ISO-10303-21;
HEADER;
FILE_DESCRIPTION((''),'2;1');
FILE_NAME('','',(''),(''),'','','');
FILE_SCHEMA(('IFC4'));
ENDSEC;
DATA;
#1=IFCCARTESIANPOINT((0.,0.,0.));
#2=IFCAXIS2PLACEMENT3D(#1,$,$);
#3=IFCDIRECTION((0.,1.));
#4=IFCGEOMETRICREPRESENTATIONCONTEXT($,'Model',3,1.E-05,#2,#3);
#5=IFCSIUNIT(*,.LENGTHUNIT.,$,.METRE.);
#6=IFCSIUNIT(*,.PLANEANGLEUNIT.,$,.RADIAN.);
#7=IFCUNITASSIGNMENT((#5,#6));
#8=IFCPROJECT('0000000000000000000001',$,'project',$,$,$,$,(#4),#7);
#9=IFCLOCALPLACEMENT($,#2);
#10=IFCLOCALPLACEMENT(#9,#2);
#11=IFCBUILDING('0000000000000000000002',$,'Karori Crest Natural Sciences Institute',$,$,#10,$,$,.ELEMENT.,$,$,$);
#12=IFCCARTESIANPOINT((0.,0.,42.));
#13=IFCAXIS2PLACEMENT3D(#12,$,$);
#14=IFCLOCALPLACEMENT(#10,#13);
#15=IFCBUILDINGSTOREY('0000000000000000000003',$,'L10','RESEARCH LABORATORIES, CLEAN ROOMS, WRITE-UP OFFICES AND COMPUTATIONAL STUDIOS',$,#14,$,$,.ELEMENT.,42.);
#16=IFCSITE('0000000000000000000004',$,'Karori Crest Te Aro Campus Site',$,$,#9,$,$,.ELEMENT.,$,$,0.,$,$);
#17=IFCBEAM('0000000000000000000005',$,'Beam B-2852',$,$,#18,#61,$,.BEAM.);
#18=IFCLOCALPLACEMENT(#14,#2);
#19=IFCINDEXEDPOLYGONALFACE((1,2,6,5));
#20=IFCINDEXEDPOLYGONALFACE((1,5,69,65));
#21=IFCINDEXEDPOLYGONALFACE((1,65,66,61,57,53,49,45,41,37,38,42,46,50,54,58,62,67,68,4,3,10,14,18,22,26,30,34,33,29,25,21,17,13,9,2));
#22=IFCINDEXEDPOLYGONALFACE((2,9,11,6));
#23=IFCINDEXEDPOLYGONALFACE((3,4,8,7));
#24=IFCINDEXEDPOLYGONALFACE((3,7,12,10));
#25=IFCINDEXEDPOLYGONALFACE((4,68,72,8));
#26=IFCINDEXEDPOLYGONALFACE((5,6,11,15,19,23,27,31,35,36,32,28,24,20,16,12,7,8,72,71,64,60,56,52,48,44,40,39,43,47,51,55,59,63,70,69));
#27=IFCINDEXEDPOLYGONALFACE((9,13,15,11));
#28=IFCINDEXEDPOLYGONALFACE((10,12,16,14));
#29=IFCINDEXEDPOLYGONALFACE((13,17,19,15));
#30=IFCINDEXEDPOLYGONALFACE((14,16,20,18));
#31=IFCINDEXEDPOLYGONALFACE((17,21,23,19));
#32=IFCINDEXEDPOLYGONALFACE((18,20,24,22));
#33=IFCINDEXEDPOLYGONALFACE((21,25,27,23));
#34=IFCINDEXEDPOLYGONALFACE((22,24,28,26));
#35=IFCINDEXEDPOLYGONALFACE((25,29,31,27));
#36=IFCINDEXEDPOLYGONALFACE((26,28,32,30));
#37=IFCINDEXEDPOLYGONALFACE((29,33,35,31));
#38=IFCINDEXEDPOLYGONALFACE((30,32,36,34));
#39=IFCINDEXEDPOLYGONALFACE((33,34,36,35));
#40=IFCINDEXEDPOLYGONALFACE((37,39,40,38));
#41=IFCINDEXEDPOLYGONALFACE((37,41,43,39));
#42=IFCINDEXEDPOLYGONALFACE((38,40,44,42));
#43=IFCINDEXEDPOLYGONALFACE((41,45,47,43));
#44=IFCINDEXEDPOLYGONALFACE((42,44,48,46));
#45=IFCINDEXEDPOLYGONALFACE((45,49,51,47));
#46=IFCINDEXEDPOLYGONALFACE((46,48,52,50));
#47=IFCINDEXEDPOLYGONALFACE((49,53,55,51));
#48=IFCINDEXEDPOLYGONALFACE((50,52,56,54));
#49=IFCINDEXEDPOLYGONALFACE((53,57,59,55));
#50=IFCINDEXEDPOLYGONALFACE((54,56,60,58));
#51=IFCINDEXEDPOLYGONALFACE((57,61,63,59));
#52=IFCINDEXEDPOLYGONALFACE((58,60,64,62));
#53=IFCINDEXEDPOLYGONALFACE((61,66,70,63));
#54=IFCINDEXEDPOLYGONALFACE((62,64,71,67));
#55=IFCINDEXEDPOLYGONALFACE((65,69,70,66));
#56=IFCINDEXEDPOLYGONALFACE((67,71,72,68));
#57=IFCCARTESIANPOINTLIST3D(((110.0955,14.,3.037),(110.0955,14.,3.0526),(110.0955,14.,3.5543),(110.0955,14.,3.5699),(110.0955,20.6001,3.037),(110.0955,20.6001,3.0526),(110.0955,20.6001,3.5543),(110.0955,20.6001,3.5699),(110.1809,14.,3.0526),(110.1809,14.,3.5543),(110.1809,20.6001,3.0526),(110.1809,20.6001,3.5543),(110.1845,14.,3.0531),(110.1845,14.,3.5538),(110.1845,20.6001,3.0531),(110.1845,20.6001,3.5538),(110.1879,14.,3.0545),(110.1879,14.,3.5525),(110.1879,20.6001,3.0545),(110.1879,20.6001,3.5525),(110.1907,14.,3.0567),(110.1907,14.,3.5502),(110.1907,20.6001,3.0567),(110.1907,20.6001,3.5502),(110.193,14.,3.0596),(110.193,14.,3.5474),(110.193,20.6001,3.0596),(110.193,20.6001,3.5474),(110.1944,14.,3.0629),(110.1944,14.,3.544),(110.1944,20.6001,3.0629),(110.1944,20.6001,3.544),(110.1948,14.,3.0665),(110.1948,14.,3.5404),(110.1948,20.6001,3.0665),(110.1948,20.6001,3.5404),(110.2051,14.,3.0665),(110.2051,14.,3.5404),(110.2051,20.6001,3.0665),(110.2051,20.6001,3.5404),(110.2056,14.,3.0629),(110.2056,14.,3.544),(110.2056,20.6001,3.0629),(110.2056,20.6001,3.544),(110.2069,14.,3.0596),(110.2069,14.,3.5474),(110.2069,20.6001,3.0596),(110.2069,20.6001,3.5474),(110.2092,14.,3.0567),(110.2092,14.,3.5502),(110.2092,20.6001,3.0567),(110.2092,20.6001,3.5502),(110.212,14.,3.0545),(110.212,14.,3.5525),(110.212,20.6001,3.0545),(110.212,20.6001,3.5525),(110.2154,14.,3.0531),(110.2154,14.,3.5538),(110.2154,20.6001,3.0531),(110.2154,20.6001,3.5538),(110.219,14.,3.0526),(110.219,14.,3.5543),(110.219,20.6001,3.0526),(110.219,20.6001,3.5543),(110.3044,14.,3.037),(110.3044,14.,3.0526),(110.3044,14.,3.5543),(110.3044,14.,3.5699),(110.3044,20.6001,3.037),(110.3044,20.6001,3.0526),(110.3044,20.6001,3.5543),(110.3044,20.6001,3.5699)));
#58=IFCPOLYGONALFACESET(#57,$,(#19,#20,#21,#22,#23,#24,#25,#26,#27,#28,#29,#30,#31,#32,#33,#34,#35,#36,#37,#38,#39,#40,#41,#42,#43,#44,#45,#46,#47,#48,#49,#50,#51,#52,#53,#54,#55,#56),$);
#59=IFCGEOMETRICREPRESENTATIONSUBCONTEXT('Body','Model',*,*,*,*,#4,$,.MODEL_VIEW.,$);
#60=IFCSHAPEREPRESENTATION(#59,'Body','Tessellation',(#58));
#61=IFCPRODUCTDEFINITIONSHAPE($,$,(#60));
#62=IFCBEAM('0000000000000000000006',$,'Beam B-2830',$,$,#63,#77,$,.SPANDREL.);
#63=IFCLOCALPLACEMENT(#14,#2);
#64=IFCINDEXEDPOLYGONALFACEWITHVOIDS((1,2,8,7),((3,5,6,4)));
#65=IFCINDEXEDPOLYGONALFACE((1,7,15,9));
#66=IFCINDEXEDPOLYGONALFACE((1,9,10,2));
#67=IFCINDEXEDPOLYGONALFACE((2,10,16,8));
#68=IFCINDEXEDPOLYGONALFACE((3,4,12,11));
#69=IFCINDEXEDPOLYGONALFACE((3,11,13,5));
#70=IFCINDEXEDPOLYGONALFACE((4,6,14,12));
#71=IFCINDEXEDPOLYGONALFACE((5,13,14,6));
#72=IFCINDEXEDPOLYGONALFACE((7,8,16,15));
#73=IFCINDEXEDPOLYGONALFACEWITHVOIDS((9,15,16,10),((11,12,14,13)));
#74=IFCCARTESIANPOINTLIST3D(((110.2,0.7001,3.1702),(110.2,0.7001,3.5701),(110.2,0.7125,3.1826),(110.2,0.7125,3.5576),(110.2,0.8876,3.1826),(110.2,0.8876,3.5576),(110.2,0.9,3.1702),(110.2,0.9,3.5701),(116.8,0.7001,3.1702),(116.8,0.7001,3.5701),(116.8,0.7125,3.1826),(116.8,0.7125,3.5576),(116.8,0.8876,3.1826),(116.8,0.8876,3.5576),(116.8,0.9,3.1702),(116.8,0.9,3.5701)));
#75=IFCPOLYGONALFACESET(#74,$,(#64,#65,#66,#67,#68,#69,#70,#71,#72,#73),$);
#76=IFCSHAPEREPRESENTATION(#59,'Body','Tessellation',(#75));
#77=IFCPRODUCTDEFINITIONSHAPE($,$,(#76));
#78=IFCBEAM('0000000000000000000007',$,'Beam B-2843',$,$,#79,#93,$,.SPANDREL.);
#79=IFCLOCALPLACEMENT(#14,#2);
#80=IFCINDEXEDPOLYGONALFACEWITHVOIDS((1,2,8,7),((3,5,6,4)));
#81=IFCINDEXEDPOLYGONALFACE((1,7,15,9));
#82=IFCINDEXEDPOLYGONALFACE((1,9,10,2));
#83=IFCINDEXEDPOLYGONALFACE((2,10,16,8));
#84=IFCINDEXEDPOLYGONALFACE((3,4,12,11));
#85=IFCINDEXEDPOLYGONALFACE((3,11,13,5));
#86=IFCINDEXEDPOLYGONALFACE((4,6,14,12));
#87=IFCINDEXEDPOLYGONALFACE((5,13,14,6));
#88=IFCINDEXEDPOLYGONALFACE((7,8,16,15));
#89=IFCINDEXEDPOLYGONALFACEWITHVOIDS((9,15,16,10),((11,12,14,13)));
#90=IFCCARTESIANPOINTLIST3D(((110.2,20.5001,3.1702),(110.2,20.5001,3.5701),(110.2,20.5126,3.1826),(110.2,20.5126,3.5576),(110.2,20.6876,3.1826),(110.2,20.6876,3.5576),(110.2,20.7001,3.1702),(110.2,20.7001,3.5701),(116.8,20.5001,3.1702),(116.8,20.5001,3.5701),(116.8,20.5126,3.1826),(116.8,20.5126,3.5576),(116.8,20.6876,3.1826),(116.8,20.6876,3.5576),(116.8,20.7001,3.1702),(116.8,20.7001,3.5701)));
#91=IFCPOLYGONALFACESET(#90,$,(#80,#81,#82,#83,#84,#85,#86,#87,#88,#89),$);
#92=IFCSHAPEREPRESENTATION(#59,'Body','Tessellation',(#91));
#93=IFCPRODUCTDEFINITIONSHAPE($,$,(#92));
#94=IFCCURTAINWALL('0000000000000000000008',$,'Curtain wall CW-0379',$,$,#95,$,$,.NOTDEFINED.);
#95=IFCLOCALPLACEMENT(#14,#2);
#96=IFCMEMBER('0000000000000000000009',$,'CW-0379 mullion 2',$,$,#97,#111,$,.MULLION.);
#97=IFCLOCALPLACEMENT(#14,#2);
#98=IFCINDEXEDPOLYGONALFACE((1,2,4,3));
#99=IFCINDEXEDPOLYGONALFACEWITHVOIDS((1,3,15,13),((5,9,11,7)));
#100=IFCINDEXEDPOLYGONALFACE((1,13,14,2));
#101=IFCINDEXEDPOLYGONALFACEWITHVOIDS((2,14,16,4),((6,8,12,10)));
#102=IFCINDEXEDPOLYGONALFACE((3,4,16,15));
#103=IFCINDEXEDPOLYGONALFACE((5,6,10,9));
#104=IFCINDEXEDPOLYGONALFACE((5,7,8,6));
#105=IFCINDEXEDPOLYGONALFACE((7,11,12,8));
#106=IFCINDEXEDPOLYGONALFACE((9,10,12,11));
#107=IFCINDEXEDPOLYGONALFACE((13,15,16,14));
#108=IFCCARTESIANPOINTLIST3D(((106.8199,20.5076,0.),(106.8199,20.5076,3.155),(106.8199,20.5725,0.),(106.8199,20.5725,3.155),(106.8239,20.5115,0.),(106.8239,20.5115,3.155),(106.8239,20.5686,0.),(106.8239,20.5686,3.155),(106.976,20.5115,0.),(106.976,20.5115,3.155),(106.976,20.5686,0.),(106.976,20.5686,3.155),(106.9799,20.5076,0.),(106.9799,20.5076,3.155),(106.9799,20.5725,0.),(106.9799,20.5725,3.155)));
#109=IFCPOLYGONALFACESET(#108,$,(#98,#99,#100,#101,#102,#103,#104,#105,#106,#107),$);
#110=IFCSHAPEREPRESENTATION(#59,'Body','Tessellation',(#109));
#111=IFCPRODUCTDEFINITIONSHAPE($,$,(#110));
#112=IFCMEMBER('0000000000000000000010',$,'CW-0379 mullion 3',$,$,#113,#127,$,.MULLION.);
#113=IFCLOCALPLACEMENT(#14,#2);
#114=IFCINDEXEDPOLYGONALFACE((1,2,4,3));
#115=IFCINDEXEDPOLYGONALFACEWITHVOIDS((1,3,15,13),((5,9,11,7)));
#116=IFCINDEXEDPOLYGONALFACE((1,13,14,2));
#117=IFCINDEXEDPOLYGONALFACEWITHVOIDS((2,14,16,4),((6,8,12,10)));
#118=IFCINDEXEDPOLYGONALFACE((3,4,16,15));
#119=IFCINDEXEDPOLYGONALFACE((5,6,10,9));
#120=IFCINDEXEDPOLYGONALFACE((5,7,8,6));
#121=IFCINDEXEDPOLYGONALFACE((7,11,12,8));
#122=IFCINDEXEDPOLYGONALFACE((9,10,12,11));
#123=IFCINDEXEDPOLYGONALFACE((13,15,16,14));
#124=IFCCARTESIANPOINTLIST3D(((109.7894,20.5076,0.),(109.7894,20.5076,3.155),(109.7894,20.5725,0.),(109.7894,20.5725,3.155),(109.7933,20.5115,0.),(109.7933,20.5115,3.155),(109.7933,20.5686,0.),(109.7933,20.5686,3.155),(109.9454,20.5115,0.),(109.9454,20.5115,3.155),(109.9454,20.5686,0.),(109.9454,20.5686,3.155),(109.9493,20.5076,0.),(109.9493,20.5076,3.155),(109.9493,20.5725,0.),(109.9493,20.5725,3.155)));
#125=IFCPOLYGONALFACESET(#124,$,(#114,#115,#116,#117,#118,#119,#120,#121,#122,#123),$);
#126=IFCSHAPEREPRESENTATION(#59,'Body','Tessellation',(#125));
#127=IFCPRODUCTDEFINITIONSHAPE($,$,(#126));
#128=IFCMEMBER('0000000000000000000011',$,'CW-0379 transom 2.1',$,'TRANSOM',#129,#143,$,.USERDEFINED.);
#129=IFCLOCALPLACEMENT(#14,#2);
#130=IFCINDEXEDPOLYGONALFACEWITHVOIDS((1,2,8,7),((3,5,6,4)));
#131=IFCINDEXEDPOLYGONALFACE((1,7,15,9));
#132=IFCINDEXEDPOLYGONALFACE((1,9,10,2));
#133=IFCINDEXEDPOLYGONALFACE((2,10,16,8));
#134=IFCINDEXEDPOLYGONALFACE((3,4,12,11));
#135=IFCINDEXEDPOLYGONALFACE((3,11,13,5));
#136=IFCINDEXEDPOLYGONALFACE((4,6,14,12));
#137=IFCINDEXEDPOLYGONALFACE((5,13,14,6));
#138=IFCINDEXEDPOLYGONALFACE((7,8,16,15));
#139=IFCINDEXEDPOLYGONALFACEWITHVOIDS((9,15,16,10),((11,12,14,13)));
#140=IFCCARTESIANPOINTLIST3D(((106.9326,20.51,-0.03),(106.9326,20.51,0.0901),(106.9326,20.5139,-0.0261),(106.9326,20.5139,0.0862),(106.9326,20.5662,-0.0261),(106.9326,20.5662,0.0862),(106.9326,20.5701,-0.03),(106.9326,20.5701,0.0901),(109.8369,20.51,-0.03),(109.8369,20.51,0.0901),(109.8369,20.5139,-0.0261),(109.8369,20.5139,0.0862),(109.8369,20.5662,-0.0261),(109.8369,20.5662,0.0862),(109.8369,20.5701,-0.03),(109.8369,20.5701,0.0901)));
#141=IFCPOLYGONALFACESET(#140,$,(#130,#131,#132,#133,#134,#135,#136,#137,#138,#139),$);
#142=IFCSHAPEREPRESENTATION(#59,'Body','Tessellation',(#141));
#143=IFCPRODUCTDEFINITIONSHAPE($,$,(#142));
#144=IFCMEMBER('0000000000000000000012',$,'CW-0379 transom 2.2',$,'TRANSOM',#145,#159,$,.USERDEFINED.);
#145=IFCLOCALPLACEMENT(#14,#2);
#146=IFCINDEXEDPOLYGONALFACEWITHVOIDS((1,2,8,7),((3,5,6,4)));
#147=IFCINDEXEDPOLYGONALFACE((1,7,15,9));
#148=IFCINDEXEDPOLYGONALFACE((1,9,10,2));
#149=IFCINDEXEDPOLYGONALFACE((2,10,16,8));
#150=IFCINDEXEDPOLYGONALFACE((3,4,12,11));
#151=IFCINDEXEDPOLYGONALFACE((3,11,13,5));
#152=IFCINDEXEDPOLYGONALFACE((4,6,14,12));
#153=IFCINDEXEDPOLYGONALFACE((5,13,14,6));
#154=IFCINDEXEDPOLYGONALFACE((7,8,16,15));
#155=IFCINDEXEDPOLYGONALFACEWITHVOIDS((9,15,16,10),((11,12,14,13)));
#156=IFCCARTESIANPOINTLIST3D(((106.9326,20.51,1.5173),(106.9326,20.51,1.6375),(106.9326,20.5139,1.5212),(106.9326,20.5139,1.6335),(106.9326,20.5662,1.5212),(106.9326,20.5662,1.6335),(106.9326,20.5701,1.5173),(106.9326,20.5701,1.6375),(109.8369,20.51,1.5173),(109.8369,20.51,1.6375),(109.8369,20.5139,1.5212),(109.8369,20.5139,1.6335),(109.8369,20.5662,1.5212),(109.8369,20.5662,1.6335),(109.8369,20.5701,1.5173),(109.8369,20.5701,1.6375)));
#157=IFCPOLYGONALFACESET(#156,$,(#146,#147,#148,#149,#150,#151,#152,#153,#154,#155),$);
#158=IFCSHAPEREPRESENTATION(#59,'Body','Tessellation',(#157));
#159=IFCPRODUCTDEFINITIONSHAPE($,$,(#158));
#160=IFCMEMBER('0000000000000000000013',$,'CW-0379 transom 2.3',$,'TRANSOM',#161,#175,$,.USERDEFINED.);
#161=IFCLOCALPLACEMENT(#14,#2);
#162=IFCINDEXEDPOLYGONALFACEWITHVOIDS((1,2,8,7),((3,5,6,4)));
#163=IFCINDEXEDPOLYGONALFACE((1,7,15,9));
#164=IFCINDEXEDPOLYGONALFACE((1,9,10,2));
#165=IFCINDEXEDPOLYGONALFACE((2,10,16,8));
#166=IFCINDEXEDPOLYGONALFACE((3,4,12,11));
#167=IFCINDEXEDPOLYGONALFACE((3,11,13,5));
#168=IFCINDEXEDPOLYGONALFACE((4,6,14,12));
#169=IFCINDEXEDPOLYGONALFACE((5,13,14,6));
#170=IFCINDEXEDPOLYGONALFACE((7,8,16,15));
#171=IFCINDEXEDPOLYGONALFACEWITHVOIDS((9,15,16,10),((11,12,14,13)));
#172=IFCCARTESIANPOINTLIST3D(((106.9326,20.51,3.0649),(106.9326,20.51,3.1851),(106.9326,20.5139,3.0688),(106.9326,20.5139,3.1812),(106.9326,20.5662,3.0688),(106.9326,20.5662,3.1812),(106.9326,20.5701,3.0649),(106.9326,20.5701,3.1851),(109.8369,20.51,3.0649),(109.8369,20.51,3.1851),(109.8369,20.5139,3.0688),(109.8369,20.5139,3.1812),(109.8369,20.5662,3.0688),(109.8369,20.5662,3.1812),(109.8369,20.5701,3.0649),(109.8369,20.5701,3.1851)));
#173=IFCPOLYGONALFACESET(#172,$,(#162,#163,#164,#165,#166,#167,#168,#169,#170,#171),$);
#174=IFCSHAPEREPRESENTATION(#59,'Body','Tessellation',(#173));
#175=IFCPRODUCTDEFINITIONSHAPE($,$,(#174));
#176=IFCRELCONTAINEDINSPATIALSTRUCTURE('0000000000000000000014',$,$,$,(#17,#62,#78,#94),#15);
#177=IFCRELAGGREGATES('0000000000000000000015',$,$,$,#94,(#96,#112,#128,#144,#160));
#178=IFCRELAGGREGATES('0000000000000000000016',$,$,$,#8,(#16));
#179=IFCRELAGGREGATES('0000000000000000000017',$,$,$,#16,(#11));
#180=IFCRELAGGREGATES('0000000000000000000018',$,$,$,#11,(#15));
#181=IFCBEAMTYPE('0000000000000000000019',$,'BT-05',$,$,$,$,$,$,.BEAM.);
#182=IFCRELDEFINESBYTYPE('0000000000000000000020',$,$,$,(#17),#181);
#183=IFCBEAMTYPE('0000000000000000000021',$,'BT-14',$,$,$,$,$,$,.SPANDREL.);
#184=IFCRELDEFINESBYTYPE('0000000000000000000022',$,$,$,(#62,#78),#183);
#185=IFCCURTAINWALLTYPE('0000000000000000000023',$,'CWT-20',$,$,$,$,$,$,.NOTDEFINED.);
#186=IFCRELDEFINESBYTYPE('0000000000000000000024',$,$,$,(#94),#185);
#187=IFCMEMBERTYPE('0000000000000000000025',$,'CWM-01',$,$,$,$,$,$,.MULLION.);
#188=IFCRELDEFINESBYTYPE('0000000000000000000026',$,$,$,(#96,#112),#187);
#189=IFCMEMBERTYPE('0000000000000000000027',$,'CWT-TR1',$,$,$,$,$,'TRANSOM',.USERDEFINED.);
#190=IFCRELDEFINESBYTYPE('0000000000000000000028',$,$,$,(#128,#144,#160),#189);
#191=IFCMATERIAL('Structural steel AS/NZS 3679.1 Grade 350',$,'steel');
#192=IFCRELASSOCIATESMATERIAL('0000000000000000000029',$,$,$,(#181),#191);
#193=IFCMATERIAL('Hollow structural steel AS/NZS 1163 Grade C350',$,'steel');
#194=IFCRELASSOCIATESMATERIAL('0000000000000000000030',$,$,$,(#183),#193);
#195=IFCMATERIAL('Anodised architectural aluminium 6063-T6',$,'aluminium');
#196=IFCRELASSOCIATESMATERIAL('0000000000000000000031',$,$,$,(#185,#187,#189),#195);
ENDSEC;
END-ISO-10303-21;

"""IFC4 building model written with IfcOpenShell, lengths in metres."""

from ifc_helpers import new_model, si_unit, direction, frame, origin, origin_2d, place, context, subcontext, project, spatial, hollow_rectangle, i_section, extrude, material, material_profile, profile_set, type_object, element, aggregate, save


model = new_model("IFC4")

# Units and contexts
model_context = context("Model", 3, precision=1e-05, world=origin(), true_north=direction((0.0, 1.0)))
body_context = subcontext(model_context, "Body", "Model", "MODEL_VIEW")
ifc_project = project(units=[si_unit("LENGTHUNIT", "METRE"), si_unit("PLANEANGLEUNIT", "RADIAN")], contexts=[model_context])

# Site, building, storey
site_placement = place(None, origin())
site = spatial("IfcSite", under=ifc_project, at=site_placement, Name="Karori Crest Te Aro Campus Site", CompositionType="ELEMENT", RefElevation=0.0)
building_placement = place(site_placement, origin())
building = spatial("IfcBuilding", under=site, at=building_placement, Name="Karori Crest Natural Sciences Institute", CompositionType="ELEMENT")
storey_placement = place(building_placement, frame((0.0, 0.0, 42.0)))
storey = spatial("IfcBuildingStorey", under=building, at=storey_placement, Name="L10", Description="RESEARCH LABORATORIES, CLEAN ROOMS, WRITE-UP OFFICES AND COMPUTATIONAL STUDIOS", CompositionType="ELEMENT", Elevation=42.0)

# Shared definitions
ifc_material_1 = material(Name="Structural steel AS/NZS 3679.1 Grade 350", Category="steel")

# Beams
ifc_material_profile_1 = material_profile(ifc_material_1, i_section(OverallWidth=0.209, OverallDepth=0.533, WebThickness=0.0103, FlangeThickness=0.0156, FilletRadius=0.0139, at=origin_2d()), Name="530UB92.4")
ifc_profile_set_1 = profile_set([ifc_material_profile_1], Name="Structural steel AS/NZS 3679.1 Grade 350")
beam_type_1 = type_object("IfcBeamType", Name="BT-05", PredefinedType="BEAM", material=ifc_profile_set_1)
for number, where, z_axis, x_axis, name in (
    (1, (110.2, 14.0, 3.3035), (0.0, 1.0, 0.0), (-1.0, 0.0, 0.0), "Beam B-2852"),
):
    element("IfcBeam", number, at=place(storey_placement, frame(where, z_axis=z_axis, x_axis=x_axis)), inside=storey, type_object=beam_type_1, Name=name, PredefinedType="BEAM", context=body_context, shape_type="SweptSolid", body=[
        extrude(i_section(OverallWidth=0.209, OverallDepth=0.533, WebThickness=0.0103, FlangeThickness=0.0156, FilletRadius=0.0139, at=origin_2d()), origin(), (0.0, 0.0, 1.0), 6.6001),
    ])
ifc_material_2 = material(Name="Hollow structural steel AS/NZS 1163 Grade C350", Category="steel")
ifc_material_profile_2 = material_profile(ifc_material_2, hollow_rectangle(XDim=0.2, YDim=0.3999, WallThickness=0.0125, at=origin_2d()), Name="RHS400x200x12.5")
ifc_profile_set_2 = profile_set([ifc_material_profile_2], Name="Hollow structural steel AS/NZS 1163 Grade C350")
beam_type_2 = type_object("IfcBeamType", Name="BT-14", PredefinedType="SPANDREL", material=ifc_profile_set_2)
for number, where, z_axis, x_axis, name in (
    (2, (110.2, 0.8, 3.3701), (1.0, 0.0, 0.0), (0.0, 1.0, 0.0), "Beam B-2830"),
    (3, (110.2, 20.6001, 3.3701), (1.0, 0.0, 0.0), (0.0, 1.0, 0.0), "Beam B-2843"),
):
    element("IfcBeam", number, at=place(storey_placement, frame(where, z_axis=z_axis, x_axis=x_axis)), inside=storey, type_object=beam_type_2, Name=name, PredefinedType="SPANDREL", context=body_context, shape_type="SweptSolid", body=[
        extrude(hollow_rectangle(XDim=0.2, YDim=0.3999, WallThickness=0.0125, at=origin_2d()), origin(), (0.0, 0.0, 1.0), 6.6001),
    ])

# Curtain wall, members
ifc_material_3 = material(Name="Anodised architectural aluminium 6063-T6", Category="aluminium")
curtain_wall_type = type_object("IfcCurtainWallType", Name="CWT-20", PredefinedType="NOTDEFINED", material=ifc_material_3)
curtain_wall_placement = place(storey_placement, origin())
curtain_wall = element("IfcCurtainWall", 4, at=curtain_wall_placement, inside=storey, type_object=curtain_wall_type, Name="Curtain wall CW-0379", PredefinedType="NOTDEFINED")
ifc_material_profile_3 = material_profile(ifc_material_3, hollow_rectangle(XDim=0.0649, YDim=0.1599, WallThickness=0.0039, at=origin_2d()), Name="CWM160x65x4")
ifc_profile_set_3 = profile_set([ifc_material_profile_3], Name="Anodised architectural aluminium 6063-T6")
member_type_1 = type_object("IfcMemberType", Name="CWM-01", PredefinedType="MULLION", material=ifc_profile_set_3)
member_1_placement = place(storey_placement, frame((106.8999, 20.54, 0.0), z_axis=(0.0, 0.0, 1.0), x_axis=(0.0, 1.0, 0.0)))
member_1 = element("IfcMember", 5, at=member_1_placement, type_object=member_type_1, Name="CW-0379 mullion 2", PredefinedType="MULLION", context=body_context, shape_type="SweptSolid", body=[
    extrude(hollow_rectangle(XDim=0.0649, YDim=0.1599, WallThickness=0.0039, at=origin_2d()), origin(), (0.0, 0.0, 1.0), 3.155),
])
member_2_placement = place(storey_placement, frame((109.8694, 20.54, 0.0), z_axis=(0.0, 0.0, 1.0), x_axis=(0.0, 1.0, 0.0)))
member_2 = element("IfcMember", 6, at=member_2_placement, type_object=member_type_1, Name="CW-0379 mullion 3", PredefinedType="MULLION", context=body_context, shape_type="SweptSolid", body=[
    extrude(hollow_rectangle(XDim=0.0649, YDim=0.1599, WallThickness=0.0039, at=origin_2d()), origin(), (0.0, 0.0, 1.0), 3.155),
])
ifc_material_profile_4 = material_profile(ifc_material_3, hollow_rectangle(XDim=0.0601, YDim=0.1201, WallThickness=0.0039, at=origin_2d()), Name="CWT120x60x4")
ifc_profile_set_4 = profile_set([ifc_material_profile_4], Name="Anodised architectural aluminium 6063-T6")
member_type_2 = type_object("IfcMemberType", Name="CWT-TR1", ElementType="TRANSOM", PredefinedType="USERDEFINED", material=ifc_profile_set_4)
member_3_placement = place(storey_placement, frame((106.9326, 20.54, 0.03), z_axis=(1.0, 0.0, 0.0), x_axis=(0.0, 1.0, 0.0)))
member_3 = element("IfcMember", 7, at=member_3_placement, type_object=member_type_2, Name="CW-0379 transom 2.1", ObjectType="TRANSOM", PredefinedType="USERDEFINED", context=body_context, shape_type="SweptSolid", body=[
    extrude(hollow_rectangle(XDim=0.0601, YDim=0.1201, WallThickness=0.0039, at=origin_2d()), origin(), (0.0, 0.0, 1.0), 2.9043),
])
member_4_placement = place(storey_placement, frame((106.9326, 20.54, 1.5774), z_axis=(1.0, 0.0, 0.0), x_axis=(0.0, 1.0, 0.0)))
member_4 = element("IfcMember", 8, at=member_4_placement, type_object=member_type_2, Name="CW-0379 transom 2.2", ObjectType="TRANSOM", PredefinedType="USERDEFINED", context=body_context, shape_type="SweptSolid", body=[
    extrude(hollow_rectangle(XDim=0.0601, YDim=0.1201, WallThickness=0.0039, at=origin_2d()), origin(), (0.0, 0.0, 1.0), 2.9043),
])
member_5_placement = place(storey_placement, frame((106.9326, 20.54, 3.125), z_axis=(1.0, 0.0, 0.0), x_axis=(0.0, 1.0, 0.0)))
member_5 = element("IfcMember", 9, at=member_5_placement, type_object=member_type_2, Name="CW-0379 transom 2.3", ObjectType="TRANSOM", PredefinedType="USERDEFINED", context=body_context, shape_type="SweptSolid", body=[
    extrude(hollow_rectangle(XDim=0.0601, YDim=0.1201, WallThickness=0.0039, at=origin_2d()), origin(), (0.0, 0.0, 1.0), 2.9043),
])

aggregate(curtain_wall, [member_1, member_2, member_3, member_4, member_5])

save(model, "model.ifc")
